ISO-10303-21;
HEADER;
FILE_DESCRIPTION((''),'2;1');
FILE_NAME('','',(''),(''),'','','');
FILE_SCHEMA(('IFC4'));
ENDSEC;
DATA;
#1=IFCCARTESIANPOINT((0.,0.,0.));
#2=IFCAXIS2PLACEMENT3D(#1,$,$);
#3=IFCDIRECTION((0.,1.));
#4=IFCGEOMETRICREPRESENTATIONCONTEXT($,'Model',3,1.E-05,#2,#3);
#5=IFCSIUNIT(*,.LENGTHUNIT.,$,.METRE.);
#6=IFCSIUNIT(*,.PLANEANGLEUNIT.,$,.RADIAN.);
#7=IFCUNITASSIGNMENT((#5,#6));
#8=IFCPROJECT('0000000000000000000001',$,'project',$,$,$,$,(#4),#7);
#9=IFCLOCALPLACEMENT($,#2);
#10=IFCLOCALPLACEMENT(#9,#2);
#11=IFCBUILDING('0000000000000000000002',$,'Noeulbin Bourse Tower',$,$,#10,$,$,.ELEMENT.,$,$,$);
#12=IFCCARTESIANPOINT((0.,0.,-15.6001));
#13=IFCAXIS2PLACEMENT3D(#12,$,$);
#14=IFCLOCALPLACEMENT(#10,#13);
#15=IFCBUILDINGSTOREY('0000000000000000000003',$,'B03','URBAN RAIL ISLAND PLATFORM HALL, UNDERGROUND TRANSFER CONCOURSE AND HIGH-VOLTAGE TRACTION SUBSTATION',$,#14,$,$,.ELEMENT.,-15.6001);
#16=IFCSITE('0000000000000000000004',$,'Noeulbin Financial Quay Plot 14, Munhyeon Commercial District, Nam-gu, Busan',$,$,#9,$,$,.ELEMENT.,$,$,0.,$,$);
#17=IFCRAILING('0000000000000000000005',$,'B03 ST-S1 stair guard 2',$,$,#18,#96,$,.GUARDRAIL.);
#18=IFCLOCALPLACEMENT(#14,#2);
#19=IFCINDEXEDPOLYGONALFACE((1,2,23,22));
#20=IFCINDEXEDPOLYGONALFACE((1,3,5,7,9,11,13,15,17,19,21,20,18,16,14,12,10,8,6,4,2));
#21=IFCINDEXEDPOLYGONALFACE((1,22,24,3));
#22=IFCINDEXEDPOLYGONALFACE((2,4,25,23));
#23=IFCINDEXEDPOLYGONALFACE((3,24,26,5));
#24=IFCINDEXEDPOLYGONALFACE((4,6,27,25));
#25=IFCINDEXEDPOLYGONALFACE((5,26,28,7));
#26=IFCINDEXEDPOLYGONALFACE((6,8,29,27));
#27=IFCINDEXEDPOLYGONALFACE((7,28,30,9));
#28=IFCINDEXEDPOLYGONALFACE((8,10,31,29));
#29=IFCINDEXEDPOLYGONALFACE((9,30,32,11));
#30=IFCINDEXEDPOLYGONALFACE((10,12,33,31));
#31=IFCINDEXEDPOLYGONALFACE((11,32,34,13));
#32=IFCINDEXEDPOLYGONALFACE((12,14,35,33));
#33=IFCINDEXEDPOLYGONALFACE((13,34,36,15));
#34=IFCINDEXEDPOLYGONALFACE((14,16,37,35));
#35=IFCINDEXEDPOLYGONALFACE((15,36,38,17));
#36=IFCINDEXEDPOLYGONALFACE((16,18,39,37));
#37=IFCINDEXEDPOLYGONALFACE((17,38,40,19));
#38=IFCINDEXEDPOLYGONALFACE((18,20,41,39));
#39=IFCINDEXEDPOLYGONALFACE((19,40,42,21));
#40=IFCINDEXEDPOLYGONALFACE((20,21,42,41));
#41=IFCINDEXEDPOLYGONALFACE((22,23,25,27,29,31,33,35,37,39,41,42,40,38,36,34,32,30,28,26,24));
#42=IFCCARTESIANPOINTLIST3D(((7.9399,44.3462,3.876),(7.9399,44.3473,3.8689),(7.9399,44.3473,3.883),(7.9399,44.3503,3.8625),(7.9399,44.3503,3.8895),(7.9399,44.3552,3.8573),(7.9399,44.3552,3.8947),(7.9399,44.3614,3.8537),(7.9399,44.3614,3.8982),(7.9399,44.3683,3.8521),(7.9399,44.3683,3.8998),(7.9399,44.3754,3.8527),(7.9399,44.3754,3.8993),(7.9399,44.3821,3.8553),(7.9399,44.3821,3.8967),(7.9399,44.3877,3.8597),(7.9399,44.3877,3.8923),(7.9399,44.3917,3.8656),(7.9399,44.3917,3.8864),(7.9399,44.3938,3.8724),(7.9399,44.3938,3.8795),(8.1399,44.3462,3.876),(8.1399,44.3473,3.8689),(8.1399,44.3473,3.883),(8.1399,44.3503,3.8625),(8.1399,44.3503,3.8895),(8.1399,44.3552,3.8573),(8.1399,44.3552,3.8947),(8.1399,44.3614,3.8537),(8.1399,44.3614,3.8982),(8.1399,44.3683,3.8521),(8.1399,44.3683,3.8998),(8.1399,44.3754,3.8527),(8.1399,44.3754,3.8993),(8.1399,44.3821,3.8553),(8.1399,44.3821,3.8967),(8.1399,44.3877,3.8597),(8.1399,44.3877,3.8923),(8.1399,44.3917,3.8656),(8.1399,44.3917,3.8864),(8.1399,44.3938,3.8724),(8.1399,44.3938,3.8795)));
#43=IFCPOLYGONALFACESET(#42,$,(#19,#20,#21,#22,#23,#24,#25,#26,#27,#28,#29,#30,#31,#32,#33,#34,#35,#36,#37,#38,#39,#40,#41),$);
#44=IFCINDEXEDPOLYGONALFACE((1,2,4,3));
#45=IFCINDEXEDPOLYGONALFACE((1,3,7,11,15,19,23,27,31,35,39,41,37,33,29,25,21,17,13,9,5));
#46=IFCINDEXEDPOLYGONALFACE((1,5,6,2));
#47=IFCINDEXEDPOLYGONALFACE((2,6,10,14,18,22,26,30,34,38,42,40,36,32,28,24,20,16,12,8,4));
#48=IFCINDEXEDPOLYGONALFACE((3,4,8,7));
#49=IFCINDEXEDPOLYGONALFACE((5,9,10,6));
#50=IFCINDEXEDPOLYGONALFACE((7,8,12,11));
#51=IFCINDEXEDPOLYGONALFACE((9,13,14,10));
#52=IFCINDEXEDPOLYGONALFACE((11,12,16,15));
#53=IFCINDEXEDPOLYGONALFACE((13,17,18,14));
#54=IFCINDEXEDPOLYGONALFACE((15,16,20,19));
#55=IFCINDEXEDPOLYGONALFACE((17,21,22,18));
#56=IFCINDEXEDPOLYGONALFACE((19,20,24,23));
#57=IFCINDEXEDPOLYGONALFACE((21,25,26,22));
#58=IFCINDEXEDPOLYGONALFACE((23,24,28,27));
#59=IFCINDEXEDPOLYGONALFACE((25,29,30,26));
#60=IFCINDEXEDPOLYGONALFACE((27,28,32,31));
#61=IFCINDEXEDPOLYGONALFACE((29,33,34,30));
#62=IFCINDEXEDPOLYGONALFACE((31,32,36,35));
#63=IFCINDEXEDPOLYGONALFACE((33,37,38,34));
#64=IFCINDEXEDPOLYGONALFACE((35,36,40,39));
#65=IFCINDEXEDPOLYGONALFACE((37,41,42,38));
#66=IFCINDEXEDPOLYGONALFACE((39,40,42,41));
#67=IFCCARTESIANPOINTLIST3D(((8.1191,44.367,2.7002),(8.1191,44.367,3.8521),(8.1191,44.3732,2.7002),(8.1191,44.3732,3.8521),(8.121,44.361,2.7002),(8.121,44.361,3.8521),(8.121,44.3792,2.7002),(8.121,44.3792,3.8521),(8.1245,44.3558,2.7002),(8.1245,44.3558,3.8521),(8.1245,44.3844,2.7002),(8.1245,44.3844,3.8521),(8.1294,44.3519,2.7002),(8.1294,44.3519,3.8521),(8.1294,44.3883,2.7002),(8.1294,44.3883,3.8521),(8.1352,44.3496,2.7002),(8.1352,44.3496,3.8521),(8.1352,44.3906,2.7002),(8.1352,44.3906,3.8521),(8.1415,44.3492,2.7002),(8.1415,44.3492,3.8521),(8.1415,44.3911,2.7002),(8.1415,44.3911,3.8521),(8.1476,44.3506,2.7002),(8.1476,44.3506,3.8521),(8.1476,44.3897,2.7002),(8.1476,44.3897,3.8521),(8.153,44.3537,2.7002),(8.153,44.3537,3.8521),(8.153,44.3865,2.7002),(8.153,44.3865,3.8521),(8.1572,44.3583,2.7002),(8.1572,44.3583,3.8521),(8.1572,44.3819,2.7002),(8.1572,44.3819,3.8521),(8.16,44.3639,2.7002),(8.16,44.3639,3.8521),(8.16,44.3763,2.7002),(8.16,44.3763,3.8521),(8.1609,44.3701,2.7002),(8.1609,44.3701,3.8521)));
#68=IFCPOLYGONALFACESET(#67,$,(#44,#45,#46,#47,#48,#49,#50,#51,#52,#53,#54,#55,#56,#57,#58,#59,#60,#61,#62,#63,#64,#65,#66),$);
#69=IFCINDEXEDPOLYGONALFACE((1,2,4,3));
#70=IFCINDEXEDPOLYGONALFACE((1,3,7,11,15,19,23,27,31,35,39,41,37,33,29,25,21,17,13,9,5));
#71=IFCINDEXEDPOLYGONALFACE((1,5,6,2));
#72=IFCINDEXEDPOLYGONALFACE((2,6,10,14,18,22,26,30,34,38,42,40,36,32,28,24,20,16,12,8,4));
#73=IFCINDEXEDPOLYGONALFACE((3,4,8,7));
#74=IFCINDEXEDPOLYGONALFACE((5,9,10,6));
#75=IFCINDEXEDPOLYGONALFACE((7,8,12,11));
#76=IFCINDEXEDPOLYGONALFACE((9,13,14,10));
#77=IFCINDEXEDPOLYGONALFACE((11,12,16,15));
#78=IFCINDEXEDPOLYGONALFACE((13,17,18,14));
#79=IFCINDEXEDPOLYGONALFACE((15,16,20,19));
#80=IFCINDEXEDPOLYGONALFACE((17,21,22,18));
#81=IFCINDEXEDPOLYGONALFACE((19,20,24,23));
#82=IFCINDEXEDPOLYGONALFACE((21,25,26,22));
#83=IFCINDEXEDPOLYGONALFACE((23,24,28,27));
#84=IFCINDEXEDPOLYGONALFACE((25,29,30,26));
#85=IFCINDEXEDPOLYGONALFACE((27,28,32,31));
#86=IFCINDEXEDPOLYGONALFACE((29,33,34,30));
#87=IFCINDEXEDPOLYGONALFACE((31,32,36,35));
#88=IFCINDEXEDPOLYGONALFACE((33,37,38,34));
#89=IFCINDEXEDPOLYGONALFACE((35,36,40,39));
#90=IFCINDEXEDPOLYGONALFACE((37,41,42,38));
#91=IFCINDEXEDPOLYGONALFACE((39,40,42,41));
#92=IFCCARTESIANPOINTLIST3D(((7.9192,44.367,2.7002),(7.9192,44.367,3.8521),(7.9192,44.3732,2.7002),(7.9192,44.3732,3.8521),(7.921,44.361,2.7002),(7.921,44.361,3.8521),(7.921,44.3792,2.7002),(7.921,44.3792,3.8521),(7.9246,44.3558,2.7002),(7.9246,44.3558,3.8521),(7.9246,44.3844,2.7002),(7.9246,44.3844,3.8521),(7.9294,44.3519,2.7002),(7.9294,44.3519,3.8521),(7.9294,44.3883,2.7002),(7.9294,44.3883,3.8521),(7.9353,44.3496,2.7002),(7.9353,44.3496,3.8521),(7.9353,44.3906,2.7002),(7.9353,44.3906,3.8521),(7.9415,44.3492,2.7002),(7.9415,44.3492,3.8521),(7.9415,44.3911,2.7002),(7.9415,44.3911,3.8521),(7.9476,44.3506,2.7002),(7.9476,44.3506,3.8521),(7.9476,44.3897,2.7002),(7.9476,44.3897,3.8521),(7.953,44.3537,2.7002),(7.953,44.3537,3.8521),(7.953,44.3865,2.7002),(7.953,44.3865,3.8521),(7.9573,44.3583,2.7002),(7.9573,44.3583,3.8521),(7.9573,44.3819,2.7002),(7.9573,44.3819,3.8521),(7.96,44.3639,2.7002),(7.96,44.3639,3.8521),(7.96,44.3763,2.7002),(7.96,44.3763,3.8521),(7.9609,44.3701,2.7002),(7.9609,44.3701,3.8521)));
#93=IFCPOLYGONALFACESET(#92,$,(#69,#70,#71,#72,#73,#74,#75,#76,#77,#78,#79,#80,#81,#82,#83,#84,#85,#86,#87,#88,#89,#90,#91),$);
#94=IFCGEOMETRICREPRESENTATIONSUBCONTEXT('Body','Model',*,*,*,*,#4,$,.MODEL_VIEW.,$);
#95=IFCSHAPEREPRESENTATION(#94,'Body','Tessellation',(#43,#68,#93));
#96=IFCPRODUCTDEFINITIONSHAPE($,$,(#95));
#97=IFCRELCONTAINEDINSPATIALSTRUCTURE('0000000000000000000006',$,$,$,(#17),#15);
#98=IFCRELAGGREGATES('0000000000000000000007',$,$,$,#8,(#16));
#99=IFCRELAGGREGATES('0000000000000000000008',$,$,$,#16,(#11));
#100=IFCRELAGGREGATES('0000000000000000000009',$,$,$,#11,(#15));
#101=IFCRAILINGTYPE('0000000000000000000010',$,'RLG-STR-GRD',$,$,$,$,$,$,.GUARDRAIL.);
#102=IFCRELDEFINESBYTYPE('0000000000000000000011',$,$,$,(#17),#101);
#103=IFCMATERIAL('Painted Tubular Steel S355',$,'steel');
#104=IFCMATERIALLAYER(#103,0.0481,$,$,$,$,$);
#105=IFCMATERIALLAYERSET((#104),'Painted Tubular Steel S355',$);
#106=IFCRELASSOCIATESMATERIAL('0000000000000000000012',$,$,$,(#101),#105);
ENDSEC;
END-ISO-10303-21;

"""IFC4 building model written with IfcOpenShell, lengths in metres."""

from ifc_helpers import new_model, si_unit, direction, frame, origin, origin_2d, place, context, subcontext, project, spatial, circle, extrude, material, layer, layer_set, type_object, element, save


model = new_model("IFC4")

# Units and contexts
model_context = context("Model", 3, precision=1e-05, world=origin(), true_north=direction((0.0, 1.0)))
body_context = subcontext(model_context, "Body", "Model", "MODEL_VIEW")
ifc_project = project(units=[si_unit("LENGTHUNIT", "METRE"), si_unit("PLANEANGLEUNIT", "RADIAN")], contexts=[model_context])

# Site, building, storey
site_placement = place(None, origin())
site = spatial("IfcSite", under=ifc_project, at=site_placement, Name="Noeulbin Financial Quay Plot 14, Munhyeon Commercial District, Nam-gu, Busan", CompositionType="ELEMENT", RefElevation=0.0)
building_placement = place(site_placement, origin())
building = spatial("IfcBuilding", under=site, at=building_placement, Name="Noeulbin Bourse Tower", CompositionType="ELEMENT")
storey_placement = place(building_placement, frame((0.0, 0.0, -15.6001)))
storey = spatial("IfcBuildingStorey", under=building, at=storey_placement, Name="B03", Description="URBAN RAIL ISLAND PLATFORM HALL, UNDERGROUND TRANSFER CONCOURSE AND HIGH-VOLTAGE TRACTION SUBSTATION", CompositionType="ELEMENT", Elevation=-15.6001)

# Railing
ifc_material_1 = material(Name="Painted Tubular Steel S355", Category="steel")
ifc_layer_1 = layer(ifc_material_1, 0.0481)
ifc_layer_set_1 = layer_set([ifc_layer_1], Name="Painted Tubular Steel S355")
railing_type_1 = type_object("IfcRailingType", Name="RLG-STR-GRD", PredefinedType="GUARDRAIL", material=ifc_layer_set_1)
railing_1_placement = place(storey_placement, frame((8.1399, 44.3701, 2.7002)))
element("IfcRailing", 1, at=railing_1_placement, inside=storey, type_object=railing_type_1, Name="B03 ST-S1 stair guard 2", PredefinedType="GUARDRAIL", context=body_context, shape_type="SweptSolid", body=[
    extrude(circle(Radius=0.0239, at=origin_2d()), frame((0.0, 0.0, 1.1758), z_axis=(-1.0, 0.0, 0.0), x_axis=(0.0, -1.0, 0.0)), (0.0, 0.0, 1.0), 0.2),
    extrude(circle(Radius=0.021, at=origin_2d()), origin(), (0.0, 0.0, 1.0), 1.1519),
    extrude(circle(Radius=0.021, at=origin_2d()), frame((-0.2, 0.0, 0.0)), (0.0, 0.0, 1.0), 1.1519),
])

save(model, "model.ifc")
